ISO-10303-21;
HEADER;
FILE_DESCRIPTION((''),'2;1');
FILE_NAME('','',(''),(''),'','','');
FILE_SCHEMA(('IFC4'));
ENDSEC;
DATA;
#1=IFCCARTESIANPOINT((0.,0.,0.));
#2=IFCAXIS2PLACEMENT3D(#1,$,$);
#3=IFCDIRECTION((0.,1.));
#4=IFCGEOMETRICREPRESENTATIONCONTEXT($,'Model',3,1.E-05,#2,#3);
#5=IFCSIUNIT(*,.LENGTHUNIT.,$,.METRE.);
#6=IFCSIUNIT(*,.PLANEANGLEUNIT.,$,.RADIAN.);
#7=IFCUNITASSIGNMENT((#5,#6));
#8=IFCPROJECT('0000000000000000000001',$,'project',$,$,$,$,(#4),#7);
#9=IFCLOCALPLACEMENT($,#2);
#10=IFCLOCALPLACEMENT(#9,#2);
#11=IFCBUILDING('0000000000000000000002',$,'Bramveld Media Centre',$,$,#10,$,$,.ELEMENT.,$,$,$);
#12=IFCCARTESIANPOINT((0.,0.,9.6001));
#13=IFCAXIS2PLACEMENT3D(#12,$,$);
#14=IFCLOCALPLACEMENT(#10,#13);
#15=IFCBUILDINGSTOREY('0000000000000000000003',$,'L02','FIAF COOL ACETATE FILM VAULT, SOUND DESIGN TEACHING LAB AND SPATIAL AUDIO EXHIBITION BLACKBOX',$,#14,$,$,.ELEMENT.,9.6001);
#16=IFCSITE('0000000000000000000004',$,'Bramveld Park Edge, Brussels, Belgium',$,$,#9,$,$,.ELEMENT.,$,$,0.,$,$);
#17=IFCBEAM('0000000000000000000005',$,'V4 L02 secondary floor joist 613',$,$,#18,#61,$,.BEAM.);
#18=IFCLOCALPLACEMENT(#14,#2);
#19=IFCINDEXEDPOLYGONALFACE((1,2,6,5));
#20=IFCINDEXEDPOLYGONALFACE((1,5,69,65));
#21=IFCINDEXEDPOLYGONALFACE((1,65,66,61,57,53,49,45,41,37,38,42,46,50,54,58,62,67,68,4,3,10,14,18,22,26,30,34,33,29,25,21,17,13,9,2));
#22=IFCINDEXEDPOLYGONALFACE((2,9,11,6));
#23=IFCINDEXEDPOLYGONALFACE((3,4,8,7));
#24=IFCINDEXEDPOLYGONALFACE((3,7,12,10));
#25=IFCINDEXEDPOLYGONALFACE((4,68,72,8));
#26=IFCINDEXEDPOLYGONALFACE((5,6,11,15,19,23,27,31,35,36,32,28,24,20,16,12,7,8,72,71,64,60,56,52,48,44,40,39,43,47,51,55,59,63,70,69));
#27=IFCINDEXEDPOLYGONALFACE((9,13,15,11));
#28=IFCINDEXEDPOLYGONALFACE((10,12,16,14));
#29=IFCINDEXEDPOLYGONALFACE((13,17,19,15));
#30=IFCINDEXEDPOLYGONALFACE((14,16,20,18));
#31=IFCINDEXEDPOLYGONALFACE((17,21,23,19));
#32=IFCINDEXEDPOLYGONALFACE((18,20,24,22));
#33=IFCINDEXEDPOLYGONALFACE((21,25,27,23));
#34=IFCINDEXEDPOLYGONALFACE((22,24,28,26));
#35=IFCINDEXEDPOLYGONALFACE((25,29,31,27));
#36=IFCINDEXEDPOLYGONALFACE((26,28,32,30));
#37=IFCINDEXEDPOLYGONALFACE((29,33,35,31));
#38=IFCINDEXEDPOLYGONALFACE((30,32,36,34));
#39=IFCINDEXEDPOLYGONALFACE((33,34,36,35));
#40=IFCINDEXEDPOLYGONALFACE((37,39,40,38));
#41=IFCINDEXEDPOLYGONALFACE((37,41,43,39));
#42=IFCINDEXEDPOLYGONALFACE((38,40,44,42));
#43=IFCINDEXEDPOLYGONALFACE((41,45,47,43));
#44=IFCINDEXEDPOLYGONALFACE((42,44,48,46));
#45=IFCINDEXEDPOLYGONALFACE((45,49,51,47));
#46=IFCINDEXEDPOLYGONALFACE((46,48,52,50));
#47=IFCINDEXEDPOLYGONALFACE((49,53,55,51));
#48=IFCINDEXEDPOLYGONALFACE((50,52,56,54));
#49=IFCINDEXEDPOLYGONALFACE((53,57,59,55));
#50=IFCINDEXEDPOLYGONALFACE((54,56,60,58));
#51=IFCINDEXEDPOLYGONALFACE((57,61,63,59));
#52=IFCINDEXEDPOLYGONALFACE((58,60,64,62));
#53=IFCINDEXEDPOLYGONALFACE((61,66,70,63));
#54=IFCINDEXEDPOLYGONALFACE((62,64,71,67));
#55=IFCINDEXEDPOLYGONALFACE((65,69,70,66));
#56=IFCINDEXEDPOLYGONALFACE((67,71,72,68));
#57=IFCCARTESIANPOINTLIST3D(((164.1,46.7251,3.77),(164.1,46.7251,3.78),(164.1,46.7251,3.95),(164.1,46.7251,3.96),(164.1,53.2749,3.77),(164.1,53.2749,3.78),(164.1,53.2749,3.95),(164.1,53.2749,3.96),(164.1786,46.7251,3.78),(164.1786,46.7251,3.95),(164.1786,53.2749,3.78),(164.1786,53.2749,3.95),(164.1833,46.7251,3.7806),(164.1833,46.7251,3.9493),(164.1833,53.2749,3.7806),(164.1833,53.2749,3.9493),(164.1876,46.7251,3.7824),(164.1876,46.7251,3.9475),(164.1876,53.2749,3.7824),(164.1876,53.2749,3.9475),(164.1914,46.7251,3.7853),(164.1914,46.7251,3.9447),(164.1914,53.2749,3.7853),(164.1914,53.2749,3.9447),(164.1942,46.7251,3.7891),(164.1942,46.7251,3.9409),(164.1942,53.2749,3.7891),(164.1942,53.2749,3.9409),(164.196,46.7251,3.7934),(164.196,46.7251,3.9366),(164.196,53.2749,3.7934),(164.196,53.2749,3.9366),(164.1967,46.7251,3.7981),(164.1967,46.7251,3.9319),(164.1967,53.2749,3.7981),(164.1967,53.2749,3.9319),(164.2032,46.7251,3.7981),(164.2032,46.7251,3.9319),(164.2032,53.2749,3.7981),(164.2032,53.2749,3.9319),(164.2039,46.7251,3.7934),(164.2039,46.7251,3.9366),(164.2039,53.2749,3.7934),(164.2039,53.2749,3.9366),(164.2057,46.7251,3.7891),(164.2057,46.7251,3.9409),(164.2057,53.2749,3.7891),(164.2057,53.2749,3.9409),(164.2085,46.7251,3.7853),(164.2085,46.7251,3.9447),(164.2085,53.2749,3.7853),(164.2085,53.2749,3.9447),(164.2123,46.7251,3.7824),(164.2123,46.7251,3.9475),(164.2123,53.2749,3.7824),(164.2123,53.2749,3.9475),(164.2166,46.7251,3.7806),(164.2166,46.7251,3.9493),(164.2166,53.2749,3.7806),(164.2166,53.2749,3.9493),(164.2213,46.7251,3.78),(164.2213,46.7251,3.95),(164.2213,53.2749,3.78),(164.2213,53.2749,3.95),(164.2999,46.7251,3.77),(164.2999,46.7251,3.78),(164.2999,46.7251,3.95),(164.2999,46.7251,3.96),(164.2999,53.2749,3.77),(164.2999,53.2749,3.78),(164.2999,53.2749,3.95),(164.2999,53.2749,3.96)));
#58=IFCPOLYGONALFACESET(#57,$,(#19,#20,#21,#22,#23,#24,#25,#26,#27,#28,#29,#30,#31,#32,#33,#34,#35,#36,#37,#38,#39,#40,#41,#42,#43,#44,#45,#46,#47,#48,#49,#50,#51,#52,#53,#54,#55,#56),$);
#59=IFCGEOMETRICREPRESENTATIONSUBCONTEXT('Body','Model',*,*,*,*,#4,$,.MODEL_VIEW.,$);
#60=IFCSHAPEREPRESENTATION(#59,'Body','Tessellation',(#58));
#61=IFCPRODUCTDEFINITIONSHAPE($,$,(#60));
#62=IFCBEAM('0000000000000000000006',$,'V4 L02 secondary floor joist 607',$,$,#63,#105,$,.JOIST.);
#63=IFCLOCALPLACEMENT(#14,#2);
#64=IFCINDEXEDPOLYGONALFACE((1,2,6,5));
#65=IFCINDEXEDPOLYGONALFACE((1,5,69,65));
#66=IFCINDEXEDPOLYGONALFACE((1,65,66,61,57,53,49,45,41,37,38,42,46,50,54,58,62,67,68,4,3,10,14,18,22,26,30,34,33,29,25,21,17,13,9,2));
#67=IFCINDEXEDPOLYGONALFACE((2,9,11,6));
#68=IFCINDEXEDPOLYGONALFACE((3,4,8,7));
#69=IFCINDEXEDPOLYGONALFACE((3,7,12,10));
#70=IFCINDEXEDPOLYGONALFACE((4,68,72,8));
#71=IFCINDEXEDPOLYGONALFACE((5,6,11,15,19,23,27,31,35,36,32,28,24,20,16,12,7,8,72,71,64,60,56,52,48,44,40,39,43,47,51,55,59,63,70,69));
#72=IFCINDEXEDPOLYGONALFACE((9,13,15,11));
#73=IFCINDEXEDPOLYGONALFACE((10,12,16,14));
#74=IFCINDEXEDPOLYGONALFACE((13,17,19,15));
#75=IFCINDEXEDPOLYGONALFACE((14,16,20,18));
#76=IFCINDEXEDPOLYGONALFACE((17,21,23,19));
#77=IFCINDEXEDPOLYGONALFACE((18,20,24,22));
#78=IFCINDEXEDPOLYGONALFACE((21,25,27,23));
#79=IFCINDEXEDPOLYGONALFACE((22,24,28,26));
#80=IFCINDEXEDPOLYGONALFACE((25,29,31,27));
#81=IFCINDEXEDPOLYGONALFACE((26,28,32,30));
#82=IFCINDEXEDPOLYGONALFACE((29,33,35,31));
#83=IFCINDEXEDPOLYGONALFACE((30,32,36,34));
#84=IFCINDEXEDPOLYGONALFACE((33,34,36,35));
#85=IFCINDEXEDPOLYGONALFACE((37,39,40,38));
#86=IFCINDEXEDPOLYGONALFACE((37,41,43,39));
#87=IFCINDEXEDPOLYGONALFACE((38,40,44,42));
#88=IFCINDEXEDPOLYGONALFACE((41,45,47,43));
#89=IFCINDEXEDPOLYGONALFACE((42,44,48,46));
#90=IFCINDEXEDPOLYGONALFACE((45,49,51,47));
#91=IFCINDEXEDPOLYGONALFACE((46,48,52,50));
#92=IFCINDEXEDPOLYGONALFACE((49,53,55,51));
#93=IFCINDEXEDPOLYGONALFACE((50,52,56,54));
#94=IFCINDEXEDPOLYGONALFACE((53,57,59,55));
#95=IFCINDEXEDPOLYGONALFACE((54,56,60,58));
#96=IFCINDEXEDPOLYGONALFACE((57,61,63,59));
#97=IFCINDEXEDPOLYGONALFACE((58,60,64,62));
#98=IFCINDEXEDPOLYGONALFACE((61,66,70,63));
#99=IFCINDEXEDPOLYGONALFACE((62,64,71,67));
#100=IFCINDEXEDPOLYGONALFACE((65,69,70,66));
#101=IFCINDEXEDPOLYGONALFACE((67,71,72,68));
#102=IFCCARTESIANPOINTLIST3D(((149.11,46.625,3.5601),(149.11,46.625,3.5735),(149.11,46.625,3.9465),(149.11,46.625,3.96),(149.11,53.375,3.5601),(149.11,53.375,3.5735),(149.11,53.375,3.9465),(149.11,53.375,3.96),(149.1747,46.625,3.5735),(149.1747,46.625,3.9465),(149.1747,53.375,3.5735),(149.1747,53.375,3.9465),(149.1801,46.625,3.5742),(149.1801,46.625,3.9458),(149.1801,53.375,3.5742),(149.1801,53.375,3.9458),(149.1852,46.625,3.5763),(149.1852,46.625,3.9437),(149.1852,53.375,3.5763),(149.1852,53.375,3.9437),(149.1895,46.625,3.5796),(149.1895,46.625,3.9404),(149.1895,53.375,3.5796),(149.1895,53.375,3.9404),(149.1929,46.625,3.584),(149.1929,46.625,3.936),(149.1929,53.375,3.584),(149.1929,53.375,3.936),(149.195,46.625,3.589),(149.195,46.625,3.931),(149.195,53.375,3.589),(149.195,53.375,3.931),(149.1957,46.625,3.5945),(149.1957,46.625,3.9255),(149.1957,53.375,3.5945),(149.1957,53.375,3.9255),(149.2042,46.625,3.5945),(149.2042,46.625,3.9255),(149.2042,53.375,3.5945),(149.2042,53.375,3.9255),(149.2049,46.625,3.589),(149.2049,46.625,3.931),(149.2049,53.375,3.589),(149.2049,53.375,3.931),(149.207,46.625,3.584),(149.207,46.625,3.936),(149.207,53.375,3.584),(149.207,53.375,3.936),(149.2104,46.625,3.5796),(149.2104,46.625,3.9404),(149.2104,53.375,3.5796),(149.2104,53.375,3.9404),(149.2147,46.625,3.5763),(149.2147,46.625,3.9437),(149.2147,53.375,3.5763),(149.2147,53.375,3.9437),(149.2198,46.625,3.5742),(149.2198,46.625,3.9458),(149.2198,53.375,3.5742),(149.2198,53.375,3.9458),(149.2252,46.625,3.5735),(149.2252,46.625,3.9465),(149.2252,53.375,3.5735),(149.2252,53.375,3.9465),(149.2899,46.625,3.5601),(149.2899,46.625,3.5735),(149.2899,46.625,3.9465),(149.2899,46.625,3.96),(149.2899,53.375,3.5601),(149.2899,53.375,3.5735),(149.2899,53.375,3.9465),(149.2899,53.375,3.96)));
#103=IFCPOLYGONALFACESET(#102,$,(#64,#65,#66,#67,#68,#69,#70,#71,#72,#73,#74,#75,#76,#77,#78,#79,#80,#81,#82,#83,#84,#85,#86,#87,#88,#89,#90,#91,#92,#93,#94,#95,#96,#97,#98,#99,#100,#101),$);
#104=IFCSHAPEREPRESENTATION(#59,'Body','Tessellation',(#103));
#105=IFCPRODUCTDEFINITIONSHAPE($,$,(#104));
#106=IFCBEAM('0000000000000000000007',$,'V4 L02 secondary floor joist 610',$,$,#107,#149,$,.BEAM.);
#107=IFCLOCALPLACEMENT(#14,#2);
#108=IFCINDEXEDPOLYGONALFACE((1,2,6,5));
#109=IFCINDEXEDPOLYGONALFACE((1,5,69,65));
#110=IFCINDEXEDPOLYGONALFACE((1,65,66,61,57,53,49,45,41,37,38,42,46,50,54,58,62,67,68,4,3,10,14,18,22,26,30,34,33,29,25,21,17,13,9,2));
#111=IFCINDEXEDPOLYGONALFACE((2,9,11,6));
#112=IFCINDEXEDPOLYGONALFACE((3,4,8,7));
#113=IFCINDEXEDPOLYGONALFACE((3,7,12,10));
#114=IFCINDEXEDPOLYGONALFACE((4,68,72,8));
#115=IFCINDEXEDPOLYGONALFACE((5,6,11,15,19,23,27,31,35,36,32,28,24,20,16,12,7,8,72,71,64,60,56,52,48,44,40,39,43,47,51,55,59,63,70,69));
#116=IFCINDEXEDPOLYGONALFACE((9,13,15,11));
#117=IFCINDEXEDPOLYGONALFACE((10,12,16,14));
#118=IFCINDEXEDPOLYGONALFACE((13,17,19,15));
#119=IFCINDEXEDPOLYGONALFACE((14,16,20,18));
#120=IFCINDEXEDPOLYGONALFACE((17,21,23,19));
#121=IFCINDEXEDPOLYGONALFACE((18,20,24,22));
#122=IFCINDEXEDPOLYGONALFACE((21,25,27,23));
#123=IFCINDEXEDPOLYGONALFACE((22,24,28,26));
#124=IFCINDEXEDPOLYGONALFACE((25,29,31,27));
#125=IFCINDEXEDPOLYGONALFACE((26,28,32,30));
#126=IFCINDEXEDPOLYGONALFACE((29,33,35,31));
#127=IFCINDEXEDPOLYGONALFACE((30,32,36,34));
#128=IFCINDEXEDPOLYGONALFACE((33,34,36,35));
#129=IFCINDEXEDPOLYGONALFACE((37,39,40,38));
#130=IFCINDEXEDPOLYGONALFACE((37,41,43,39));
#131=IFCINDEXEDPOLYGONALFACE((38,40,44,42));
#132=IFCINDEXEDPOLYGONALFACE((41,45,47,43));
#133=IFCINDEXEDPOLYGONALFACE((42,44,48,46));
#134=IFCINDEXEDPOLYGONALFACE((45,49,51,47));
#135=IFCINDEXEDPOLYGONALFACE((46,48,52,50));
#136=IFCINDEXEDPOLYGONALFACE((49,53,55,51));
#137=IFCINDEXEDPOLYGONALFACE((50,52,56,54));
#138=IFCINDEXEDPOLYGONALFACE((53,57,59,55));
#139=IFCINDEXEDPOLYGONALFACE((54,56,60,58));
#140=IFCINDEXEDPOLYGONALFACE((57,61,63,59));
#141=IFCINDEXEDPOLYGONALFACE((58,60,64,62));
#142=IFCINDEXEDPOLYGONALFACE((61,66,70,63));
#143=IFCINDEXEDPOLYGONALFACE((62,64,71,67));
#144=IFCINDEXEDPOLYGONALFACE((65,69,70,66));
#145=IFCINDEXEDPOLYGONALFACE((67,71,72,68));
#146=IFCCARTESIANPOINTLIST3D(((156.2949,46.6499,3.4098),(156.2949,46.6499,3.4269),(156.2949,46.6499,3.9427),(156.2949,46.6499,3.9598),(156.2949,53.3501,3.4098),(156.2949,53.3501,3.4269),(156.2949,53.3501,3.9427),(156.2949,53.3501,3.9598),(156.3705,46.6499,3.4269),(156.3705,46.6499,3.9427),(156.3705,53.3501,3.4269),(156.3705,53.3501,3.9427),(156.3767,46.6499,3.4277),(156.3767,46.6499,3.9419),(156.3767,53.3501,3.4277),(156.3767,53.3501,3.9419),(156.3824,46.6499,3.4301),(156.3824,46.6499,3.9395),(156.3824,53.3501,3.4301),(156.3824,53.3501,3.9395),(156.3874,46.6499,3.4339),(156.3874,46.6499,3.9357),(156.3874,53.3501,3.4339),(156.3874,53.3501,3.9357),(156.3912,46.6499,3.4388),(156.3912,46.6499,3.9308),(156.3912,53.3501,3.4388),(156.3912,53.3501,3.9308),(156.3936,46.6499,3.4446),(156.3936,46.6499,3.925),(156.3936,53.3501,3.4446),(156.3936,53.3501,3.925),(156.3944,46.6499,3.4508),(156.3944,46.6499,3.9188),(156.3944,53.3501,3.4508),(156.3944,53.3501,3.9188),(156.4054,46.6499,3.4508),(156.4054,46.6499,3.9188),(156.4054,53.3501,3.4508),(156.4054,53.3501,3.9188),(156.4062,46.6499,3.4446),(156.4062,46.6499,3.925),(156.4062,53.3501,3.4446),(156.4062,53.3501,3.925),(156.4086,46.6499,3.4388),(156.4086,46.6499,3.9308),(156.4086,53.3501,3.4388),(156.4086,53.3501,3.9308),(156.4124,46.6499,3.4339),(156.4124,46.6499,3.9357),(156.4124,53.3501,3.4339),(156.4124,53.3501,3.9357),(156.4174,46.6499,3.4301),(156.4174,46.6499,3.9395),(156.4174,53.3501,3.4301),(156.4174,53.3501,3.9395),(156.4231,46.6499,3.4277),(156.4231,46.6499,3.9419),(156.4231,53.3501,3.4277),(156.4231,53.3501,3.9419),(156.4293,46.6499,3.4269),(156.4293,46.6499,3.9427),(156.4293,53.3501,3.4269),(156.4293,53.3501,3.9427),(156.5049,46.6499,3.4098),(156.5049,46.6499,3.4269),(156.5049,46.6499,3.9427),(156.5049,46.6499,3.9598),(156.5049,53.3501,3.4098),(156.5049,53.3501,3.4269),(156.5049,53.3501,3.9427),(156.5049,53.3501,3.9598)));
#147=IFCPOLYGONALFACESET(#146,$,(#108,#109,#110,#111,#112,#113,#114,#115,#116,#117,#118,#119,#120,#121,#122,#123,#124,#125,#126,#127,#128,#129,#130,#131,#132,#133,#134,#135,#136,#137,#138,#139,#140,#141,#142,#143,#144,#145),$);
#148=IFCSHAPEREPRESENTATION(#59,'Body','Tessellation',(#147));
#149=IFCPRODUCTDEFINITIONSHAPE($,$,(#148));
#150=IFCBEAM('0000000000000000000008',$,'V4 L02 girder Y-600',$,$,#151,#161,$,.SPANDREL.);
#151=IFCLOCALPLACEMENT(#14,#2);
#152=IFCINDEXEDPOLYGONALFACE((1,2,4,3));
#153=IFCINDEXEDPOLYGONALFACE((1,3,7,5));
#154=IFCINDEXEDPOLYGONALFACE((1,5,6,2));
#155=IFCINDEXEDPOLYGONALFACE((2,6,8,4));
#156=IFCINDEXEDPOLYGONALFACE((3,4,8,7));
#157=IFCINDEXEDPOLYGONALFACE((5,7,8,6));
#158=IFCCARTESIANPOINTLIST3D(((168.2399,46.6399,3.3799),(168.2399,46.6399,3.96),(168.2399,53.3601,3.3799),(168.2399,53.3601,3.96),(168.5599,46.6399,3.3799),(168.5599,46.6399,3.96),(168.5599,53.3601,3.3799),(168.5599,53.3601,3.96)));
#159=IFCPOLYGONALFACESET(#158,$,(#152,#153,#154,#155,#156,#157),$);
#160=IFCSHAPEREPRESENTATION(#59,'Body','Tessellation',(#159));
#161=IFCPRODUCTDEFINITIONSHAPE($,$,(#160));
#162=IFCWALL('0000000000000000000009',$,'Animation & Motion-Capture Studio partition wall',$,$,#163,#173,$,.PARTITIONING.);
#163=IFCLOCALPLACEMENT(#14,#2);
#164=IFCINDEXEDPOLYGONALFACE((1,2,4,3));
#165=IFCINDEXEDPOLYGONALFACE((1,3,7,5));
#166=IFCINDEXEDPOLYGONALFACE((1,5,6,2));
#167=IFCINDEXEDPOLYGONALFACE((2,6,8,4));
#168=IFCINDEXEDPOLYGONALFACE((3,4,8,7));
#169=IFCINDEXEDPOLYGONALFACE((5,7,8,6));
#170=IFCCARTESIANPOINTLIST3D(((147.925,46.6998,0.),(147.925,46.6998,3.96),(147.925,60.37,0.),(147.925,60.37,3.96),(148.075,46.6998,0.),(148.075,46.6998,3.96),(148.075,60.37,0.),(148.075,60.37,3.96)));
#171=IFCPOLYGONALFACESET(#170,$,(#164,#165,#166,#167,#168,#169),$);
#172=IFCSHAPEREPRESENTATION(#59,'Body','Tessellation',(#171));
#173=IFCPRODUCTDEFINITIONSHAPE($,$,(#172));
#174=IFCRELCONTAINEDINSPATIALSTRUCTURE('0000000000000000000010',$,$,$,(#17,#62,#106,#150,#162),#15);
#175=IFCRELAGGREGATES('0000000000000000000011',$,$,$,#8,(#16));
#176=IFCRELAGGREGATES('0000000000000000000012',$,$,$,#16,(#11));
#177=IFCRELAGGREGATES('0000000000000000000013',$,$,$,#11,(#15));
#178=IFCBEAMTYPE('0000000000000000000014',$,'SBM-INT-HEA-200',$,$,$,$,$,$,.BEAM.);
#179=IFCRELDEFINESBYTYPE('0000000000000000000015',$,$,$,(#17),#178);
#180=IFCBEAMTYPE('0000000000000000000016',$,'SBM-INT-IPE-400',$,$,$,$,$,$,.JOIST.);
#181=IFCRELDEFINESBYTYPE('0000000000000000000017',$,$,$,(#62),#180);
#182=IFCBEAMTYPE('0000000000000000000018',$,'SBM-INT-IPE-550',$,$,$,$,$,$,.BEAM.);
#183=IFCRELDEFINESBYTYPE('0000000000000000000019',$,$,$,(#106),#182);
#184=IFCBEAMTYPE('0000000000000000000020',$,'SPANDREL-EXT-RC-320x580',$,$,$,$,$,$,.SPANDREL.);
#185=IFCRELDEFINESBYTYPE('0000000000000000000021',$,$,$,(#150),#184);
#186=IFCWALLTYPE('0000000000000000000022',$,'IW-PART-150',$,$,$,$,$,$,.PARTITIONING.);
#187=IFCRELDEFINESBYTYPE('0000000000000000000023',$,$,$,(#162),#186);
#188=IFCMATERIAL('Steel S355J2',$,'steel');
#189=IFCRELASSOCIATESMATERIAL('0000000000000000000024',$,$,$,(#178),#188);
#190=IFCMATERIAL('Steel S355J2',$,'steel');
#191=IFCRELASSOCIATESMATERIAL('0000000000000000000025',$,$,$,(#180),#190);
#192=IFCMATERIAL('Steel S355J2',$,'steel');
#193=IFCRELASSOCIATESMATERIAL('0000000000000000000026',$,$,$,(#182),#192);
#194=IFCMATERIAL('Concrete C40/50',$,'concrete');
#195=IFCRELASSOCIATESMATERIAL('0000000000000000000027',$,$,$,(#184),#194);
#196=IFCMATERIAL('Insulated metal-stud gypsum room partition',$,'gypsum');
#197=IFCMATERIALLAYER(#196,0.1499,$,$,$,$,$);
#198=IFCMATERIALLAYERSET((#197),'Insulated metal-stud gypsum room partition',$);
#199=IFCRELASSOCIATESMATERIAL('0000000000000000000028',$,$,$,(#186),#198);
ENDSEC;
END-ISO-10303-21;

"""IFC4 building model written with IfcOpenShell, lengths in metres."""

from ifc_helpers import new_model, si_unit, direction, frame, frame_2d, origin, origin_2d, place, context, subcontext, project, spatial, rectangle, i_section, extrude, material, layer, layer_set, material_profile, profile_set, type_object, element, save


model = new_model("IFC4")

# Units and contexts
model_context = context("Model", 3, precision=1e-05, world=origin(), true_north=direction((0.0, 1.0)))
body_context = subcontext(model_context, "Body", "Model", "MODEL_VIEW")
ifc_project = project(units=[si_unit("LENGTHUNIT", "METRE"), si_unit("PLANEANGLEUNIT", "RADIAN")], contexts=[model_context])

# Site, building, storey
site_placement = place(None, origin())
site = spatial("IfcSite", under=ifc_project, at=site_placement, Name="Bramveld Park Edge, Brussels, Belgium", CompositionType="ELEMENT", RefElevation=0.0)
building_placement = place(site_placement, origin())
building = spatial("IfcBuilding", under=site, at=building_placement, Name="Bramveld Media Centre", CompositionType="ELEMENT")
storey_placement = place(building_placement, frame((0.0, 0.0, 9.6001)))
storey = spatial("IfcBuildingStorey", under=building, at=storey_placement, Name="L02", Description="FIAF COOL ACETATE FILM VAULT, SOUND DESIGN TEACHING LAB AND SPATIAL AUDIO EXHIBITION BLACKBOX", CompositionType="ELEMENT", Elevation=9.6001)

# Beams
ifc_material_1 = material(Name="Steel S355J2", Category="steel")
ifc_material_profile_1 = material_profile(ifc_material_1, i_section(OverallWidth=0.2, OverallDepth=0.1899, WebThickness=0.0066, FlangeThickness=0.01, FilletRadius=0.0181, at=origin_2d()), Name="HEA 200")
ifc_profile_set_1 = profile_set([ifc_material_profile_1], Name="Steel S355J2")
beam_type_1 = type_object("IfcBeamType", Name="SBM-INT-HEA-200", PredefinedType="BEAM", material=ifc_profile_set_1)
beam_1_placement = place(storey_placement, frame((164.2, 46.7251, 3.865), z_axis=(0.0, 1.0, 0.0), x_axis=(-1.0, 0.0, 0.0)))
element("IfcBeam", 1, at=beam_1_placement, inside=storey, type_object=beam_type_1, Name="V4 L02 secondary floor joist 613", PredefinedType="BEAM", context=body_context, shape_type="SweptSolid", body=[
    extrude(i_section(OverallWidth=0.2, OverallDepth=0.1899, WebThickness=0.0066, FlangeThickness=0.01, FilletRadius=0.0181, at=origin_2d()), origin(), (0.0, 0.0, 1.0), 6.5498),
])
ifc_material_2 = material(Name="Steel S355J2", Category="steel")
ifc_material_profile_2 = material_profile(ifc_material_2, i_section(OverallWidth=0.1799, OverallDepth=0.3999, WebThickness=0.0085, FlangeThickness=0.0134, FilletRadius=0.021, at=origin_2d()), Name="IPE 400")
ifc_profile_set_2 = profile_set([ifc_material_profile_2], Name="Steel S355J2")
beam_type_2 = type_object("IfcBeamType", Name="SBM-INT-IPE-400", PredefinedType="JOIST", material=ifc_profile_set_2)
beam_2_placement = place(storey_placement, frame((149.2, 46.625, 3.76), z_axis=(0.0, 1.0, 0.0), x_axis=(-1.0, 0.0, 0.0)))
element("IfcBeam", 2, at=beam_2_placement, inside=storey, type_object=beam_type_2, Name="V4 L02 secondary floor joist 607", PredefinedType="JOIST", context=body_context, shape_type="SweptSolid", body=[
    extrude(i_section(OverallWidth=0.1799, OverallDepth=0.3999, WebThickness=0.0085, FlangeThickness=0.0134, FilletRadius=0.021, at=origin_2d()), origin(), (0.0, 0.0, 1.0), 6.75),
])
ifc_material_3 = material(Name="Steel S355J2", Category="steel")
ifc_material_profile_3 = material_profile(ifc_material_3, i_section(OverallWidth=0.21, OverallDepth=0.55, WebThickness=0.011, FlangeThickness=0.0171, FilletRadius=0.0239, at=origin_2d()), Name="IPE 550")
ifc_profile_set_3 = profile_set([ifc_material_profile_3], Name="Steel S355J2")
beam_type_3 = type_object("IfcBeamType", Name="SBM-INT-IPE-550", PredefinedType="BEAM", material=ifc_profile_set_3)
beam_3_placement = place(storey_placement, frame((156.3999, 46.6499, 3.6848), z_axis=(0.0, 1.0, 0.0), x_axis=(-1.0, 0.0, 0.0)))
element("IfcBeam", 3, at=beam_3_placement, inside=storey, type_object=beam_type_3, Name="V4 L02 secondary floor joist 610", PredefinedType="BEAM", context=body_context, shape_type="SweptSolid", body=[
    extrude(i_section(OverallWidth=0.21, OverallDepth=0.55, WebThickness=0.011, FlangeThickness=0.0171, FilletRadius=0.0239, at=origin_2d()), origin(), (0.0, 0.0, 1.0), 6.7002),
])
ifc_material_4 = material(Name="Concrete C40/50", Category="concrete")
ifc_material_profile_4 = material_profile(ifc_material_4, rectangle(XDim=0.3201, YDim=0.5801, at=origin_2d()), Name="RC 320x580")
ifc_profile_set_4 = profile_set([ifc_material_profile_4], Name="Concrete C40/50")
beam_type_4 = type_object("IfcBeamType", Name="SPANDREL-EXT-RC-320x580", PredefinedType="SPANDREL", material=ifc_profile_set_4)
beam_4_placement = place(storey_placement, frame((168.3999, 46.6399, 3.6699), z_axis=(0.0, 1.0, 0.0), x_axis=(-1.0, 0.0, 0.0)))
element("IfcBeam", 4, at=beam_4_placement, inside=storey, type_object=beam_type_4, Name="V4 L02 girder Y-600", PredefinedType="SPANDREL", context=body_context, shape_type="SweptSolid", body=[
    extrude(rectangle(XDim=0.3201, YDim=0.5801, at=origin_2d()), origin(), (0.0, 0.0, 1.0), 6.7202),
])

# Wall
ifc_material_5 = material(Name="Insulated metal-stud gypsum room partition", Category="gypsum")
ifc_layer = layer(ifc_material_5, 0.1499)
ifc_layer_set = layer_set([ifc_layer], Name="Insulated metal-stud gypsum room partition")
wall_type = type_object("IfcWallType", Name="IW-PART-150", PredefinedType="PARTITIONING", material=ifc_layer_set)
wall_placement = place(storey_placement, frame((148.0, 46.7, 0.0), z_axis=(0.0, 0.0, 1.0), x_axis=(0.0, 1.0, 0.0)))
element("IfcWall", 5, at=wall_placement, inside=storey, type_object=wall_type, Name="Animation & Motion-Capture Studio partition wall", PredefinedType="PARTITIONING", context=body_context, shape_type="SweptSolid", body=[
    extrude(rectangle(XDim=13.6702, YDim=0.1499, at=frame_2d((6.835, 0.0))), origin(), (0.0, 0.0, 1.0), 3.96),
])

save(model, "model.ifc")
